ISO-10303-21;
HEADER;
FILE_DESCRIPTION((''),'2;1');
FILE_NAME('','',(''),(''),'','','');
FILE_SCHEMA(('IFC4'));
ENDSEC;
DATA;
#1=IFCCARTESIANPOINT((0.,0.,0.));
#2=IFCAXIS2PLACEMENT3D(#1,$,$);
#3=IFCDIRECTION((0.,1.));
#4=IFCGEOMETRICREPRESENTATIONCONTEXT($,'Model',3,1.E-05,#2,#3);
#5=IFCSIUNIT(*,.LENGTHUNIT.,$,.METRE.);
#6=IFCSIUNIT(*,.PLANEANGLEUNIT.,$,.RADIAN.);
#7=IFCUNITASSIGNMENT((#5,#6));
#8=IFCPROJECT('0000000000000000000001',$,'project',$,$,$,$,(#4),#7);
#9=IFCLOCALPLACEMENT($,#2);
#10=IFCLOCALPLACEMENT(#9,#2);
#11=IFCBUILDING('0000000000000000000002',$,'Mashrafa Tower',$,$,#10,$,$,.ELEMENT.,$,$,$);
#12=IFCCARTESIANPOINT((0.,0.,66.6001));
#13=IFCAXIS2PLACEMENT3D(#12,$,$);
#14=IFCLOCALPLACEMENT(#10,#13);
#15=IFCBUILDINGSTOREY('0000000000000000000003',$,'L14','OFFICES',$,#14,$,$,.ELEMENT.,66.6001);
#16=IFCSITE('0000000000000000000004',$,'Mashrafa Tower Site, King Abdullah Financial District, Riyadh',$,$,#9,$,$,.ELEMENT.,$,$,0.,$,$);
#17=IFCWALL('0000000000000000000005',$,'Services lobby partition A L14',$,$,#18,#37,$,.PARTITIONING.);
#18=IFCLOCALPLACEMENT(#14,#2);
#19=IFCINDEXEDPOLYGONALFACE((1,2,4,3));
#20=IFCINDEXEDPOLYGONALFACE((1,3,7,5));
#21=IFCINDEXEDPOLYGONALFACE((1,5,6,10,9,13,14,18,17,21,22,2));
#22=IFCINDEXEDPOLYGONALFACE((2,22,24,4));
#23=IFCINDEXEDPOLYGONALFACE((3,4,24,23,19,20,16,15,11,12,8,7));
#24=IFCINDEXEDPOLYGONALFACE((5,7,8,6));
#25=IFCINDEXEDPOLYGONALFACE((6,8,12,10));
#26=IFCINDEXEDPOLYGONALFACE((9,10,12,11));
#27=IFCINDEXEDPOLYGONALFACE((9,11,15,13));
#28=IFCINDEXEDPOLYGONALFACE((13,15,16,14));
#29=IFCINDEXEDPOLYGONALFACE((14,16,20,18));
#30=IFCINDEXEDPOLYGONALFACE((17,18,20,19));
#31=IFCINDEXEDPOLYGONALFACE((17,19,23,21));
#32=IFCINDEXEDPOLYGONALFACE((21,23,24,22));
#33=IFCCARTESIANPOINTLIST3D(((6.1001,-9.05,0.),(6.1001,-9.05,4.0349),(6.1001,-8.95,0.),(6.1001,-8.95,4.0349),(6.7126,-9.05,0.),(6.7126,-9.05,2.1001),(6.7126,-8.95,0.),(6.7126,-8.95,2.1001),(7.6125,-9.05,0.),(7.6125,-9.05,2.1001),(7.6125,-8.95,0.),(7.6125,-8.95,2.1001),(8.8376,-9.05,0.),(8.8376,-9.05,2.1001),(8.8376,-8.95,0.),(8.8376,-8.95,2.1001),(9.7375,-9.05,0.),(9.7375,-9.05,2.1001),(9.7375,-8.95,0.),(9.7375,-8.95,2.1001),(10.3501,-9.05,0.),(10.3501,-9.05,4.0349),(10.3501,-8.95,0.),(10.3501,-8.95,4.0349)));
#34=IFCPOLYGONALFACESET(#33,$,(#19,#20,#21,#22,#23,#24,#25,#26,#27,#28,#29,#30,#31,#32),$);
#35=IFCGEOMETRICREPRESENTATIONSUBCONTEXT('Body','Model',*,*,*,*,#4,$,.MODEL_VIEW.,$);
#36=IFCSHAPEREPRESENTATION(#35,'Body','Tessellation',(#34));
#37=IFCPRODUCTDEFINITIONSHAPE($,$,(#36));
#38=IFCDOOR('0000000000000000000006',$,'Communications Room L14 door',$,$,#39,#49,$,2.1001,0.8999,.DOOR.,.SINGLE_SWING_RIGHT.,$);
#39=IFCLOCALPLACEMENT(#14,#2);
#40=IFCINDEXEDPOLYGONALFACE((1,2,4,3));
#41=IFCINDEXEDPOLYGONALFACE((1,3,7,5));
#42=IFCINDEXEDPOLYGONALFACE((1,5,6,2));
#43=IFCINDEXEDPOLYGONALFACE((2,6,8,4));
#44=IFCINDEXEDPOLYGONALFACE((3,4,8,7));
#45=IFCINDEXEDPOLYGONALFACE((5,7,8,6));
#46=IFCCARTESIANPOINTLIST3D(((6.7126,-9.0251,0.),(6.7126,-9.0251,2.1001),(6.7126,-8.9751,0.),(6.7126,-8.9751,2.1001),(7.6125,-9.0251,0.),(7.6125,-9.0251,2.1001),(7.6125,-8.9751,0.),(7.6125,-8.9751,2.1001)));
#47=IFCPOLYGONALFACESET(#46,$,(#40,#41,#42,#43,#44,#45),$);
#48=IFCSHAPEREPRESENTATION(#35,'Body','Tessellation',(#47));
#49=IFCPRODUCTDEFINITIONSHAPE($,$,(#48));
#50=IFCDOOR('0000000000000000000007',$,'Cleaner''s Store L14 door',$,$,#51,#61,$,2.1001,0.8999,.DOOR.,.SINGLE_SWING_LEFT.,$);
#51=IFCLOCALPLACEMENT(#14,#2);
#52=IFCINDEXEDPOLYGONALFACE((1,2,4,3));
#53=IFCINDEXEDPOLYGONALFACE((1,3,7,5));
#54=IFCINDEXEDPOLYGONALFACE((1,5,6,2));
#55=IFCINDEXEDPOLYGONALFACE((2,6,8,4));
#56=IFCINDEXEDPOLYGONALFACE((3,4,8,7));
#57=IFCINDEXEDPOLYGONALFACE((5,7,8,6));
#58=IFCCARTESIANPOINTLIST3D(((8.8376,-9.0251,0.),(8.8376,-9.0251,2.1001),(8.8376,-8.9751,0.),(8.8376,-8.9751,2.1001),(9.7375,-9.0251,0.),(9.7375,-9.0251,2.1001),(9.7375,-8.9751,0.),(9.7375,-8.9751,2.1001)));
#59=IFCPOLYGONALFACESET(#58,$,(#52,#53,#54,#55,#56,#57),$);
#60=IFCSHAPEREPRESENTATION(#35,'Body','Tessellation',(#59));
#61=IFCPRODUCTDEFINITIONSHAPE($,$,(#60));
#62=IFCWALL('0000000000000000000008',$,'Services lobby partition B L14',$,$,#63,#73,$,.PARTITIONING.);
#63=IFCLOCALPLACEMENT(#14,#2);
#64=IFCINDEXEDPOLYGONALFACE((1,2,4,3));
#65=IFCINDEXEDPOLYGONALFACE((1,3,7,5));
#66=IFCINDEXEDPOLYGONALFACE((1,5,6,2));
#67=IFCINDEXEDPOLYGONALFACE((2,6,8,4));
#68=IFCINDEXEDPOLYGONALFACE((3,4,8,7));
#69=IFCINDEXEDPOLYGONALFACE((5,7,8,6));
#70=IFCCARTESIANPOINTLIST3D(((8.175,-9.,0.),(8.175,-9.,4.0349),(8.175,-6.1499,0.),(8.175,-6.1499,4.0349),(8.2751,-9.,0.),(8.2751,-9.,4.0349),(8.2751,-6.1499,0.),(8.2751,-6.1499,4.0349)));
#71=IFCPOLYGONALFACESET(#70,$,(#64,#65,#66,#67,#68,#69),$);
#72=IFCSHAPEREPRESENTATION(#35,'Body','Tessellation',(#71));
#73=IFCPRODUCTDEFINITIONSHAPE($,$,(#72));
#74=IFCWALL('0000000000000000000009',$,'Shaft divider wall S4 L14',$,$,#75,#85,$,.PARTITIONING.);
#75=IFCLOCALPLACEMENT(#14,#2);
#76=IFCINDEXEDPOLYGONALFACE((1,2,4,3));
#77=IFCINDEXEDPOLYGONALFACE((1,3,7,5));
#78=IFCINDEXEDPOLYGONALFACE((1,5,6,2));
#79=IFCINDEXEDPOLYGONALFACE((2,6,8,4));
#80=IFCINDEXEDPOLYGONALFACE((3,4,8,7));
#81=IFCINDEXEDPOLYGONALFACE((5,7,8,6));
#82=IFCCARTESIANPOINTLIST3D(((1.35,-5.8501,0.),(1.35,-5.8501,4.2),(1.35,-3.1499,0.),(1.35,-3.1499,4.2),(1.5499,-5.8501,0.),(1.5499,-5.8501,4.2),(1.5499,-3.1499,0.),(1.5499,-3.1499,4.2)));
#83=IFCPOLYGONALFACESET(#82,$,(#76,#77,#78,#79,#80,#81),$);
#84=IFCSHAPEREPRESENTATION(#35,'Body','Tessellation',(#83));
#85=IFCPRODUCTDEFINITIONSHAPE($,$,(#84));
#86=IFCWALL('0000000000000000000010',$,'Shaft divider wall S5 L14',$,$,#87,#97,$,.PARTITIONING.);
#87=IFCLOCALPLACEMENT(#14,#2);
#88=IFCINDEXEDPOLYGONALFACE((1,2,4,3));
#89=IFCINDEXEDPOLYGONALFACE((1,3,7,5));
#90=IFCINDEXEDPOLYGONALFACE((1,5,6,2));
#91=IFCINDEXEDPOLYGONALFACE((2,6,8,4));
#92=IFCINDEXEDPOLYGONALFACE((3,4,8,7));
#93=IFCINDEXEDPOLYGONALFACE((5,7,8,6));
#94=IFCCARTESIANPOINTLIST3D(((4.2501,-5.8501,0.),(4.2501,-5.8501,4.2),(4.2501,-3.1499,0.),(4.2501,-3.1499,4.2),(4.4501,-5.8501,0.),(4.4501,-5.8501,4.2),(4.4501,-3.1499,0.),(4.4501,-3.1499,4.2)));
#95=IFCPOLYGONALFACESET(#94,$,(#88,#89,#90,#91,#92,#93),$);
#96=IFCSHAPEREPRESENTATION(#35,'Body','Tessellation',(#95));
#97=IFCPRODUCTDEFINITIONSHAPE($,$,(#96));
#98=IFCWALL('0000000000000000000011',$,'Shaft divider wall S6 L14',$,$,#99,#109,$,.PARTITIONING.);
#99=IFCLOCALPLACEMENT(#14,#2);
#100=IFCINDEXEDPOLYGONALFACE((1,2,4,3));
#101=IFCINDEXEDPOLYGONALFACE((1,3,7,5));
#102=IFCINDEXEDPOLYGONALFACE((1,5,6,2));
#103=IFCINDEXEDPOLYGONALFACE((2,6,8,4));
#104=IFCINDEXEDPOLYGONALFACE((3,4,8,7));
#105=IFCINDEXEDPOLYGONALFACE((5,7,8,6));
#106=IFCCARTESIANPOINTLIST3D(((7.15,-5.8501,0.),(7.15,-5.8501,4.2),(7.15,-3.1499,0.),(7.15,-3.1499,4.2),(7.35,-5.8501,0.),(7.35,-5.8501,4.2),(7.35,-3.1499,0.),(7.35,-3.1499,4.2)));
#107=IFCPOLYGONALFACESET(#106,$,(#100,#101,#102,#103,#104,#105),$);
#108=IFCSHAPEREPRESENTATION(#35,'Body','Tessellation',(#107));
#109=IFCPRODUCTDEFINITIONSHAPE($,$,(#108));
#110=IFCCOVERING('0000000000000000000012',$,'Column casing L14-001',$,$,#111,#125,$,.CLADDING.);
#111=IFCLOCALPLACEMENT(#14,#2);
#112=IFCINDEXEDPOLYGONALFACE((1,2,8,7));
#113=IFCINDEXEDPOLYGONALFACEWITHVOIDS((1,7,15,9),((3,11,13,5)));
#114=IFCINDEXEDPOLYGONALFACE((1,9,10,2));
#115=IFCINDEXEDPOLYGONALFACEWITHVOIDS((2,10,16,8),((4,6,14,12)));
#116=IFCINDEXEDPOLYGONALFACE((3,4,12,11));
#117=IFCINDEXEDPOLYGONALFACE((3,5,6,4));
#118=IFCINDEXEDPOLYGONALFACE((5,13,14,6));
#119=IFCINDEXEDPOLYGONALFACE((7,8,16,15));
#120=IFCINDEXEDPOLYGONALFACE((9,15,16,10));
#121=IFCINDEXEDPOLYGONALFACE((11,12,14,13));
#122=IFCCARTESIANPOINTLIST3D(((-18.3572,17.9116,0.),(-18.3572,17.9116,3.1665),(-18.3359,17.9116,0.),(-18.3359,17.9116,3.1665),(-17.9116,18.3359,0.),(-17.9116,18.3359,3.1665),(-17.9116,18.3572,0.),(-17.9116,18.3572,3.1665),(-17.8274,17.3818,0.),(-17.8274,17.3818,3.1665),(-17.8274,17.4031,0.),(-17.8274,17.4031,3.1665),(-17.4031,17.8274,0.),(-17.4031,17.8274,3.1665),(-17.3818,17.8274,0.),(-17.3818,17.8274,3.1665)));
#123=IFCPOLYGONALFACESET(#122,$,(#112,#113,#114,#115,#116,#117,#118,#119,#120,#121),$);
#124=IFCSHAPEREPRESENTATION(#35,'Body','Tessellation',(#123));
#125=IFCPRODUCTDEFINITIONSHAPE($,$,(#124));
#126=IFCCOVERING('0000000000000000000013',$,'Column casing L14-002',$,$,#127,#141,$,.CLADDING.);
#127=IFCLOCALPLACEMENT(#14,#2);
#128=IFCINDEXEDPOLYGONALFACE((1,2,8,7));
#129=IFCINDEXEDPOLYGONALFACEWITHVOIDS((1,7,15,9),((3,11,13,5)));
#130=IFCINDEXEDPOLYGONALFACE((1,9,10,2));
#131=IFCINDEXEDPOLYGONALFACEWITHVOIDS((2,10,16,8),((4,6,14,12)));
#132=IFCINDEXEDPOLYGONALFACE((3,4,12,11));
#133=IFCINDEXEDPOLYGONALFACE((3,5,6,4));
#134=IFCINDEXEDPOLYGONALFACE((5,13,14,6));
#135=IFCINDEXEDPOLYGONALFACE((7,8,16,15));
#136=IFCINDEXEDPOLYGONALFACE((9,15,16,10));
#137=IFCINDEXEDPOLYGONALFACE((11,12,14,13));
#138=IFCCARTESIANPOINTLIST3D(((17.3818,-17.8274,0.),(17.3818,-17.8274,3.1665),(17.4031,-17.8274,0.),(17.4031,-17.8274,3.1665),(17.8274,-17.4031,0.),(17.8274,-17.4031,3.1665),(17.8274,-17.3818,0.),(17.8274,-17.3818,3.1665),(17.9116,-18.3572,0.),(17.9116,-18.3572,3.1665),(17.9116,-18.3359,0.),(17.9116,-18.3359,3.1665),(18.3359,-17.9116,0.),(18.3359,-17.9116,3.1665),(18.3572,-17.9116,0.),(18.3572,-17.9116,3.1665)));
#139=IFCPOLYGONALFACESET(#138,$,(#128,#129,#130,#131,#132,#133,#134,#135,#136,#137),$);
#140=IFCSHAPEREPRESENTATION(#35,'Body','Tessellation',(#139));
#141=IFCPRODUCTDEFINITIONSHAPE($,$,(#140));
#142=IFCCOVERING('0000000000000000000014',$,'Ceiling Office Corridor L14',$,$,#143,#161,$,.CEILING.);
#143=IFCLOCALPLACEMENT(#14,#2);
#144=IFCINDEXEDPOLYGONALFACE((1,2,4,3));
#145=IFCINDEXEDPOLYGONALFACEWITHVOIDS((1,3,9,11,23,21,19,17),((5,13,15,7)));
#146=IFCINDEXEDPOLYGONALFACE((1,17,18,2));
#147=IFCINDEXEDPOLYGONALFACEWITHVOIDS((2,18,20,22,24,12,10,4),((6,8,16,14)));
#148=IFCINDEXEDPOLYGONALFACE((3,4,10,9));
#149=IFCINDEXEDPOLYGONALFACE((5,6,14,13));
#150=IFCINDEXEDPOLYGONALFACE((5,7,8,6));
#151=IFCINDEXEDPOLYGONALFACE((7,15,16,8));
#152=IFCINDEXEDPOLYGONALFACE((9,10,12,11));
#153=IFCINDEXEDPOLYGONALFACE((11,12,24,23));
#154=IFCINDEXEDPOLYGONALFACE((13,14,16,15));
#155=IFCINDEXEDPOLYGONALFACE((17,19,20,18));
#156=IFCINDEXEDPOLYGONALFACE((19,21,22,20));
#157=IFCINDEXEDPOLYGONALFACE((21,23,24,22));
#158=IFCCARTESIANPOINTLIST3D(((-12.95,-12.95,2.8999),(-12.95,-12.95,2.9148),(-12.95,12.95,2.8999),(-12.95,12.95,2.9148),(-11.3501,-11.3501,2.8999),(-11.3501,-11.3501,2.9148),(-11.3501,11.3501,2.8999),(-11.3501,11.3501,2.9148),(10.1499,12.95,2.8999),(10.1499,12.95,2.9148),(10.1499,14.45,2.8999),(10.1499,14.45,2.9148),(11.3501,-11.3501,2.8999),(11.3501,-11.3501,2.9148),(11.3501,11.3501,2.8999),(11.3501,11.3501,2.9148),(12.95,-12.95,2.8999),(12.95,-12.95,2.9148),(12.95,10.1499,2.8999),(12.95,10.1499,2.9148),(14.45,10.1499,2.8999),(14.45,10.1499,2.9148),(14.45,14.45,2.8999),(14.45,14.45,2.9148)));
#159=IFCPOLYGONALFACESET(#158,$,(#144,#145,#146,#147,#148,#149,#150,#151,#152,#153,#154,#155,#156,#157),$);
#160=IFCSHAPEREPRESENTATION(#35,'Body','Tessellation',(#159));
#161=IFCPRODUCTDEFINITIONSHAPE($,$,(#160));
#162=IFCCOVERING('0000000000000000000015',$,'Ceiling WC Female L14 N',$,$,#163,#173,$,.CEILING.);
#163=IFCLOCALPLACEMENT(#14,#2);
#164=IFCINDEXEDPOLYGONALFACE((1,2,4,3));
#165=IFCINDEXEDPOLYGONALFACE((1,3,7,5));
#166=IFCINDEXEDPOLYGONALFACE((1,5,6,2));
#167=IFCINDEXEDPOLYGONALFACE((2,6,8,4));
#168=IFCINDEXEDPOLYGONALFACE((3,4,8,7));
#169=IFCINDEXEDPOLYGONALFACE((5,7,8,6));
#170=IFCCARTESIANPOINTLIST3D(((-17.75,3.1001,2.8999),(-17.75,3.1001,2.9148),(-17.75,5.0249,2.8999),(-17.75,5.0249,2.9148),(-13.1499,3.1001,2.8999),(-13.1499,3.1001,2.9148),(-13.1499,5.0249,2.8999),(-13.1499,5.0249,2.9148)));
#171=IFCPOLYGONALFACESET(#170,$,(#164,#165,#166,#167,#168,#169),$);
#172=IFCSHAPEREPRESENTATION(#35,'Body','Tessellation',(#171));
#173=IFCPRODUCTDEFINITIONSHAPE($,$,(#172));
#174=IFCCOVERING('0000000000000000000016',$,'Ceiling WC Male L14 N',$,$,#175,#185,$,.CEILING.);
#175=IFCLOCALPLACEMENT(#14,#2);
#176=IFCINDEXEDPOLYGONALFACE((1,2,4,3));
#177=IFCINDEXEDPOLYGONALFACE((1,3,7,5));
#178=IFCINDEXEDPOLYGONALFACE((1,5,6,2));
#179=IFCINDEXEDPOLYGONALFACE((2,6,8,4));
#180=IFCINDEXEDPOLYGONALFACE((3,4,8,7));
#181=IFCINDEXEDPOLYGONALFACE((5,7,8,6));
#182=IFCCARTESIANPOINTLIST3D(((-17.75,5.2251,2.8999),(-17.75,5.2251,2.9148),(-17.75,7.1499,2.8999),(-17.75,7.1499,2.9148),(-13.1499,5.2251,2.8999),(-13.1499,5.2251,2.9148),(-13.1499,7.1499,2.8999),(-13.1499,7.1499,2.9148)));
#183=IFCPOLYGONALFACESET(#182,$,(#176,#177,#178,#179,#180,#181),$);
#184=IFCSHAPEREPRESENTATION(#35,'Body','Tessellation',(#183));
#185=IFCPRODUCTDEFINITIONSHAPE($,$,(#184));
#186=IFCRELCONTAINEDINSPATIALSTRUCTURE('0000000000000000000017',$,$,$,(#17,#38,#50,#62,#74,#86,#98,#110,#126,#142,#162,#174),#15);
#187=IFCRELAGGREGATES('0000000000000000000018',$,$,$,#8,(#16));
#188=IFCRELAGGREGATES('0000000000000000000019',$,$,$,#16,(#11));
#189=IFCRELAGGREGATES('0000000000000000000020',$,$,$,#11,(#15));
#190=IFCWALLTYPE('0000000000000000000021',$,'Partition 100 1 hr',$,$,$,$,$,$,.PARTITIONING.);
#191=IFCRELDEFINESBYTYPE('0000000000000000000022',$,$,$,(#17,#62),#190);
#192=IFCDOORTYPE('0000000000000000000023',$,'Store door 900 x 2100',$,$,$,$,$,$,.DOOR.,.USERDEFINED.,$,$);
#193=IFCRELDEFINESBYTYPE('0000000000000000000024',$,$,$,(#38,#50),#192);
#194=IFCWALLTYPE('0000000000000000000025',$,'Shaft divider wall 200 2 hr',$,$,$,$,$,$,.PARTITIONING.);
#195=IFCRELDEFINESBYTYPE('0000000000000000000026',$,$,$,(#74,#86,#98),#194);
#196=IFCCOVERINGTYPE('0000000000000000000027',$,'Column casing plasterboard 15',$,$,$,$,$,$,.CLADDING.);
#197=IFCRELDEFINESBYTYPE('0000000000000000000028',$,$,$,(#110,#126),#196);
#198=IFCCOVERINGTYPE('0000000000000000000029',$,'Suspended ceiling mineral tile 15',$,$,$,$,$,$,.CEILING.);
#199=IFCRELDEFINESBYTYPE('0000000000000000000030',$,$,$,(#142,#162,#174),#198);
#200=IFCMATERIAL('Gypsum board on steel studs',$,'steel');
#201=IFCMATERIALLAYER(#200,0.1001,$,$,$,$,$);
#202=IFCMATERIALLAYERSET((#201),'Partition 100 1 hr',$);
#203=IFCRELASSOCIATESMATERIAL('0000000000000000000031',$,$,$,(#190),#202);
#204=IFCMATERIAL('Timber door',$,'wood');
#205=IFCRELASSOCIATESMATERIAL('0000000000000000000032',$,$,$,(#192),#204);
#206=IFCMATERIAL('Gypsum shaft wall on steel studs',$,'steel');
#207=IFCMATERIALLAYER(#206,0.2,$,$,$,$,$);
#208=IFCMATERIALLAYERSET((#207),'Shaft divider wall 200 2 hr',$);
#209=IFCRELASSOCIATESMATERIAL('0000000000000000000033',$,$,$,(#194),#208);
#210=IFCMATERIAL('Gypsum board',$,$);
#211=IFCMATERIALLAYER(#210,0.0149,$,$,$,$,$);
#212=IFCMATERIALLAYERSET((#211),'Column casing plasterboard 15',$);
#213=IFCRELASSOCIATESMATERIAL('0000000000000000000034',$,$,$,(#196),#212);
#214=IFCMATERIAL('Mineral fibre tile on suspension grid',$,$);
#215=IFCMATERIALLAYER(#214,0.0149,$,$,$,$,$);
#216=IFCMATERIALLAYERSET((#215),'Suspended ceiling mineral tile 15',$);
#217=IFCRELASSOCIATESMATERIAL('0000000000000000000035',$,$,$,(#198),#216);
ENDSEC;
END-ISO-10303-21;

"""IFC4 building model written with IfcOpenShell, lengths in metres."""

from ifc_helpers import new_model, si_unit, direction, frame, frame_2d, origin, place, context, subcontext, project, spatial, polyline, rectangle, outline, extrude, material, layer, layer_set, type_object, element, fill, save


model = new_model("IFC4")

# Units and contexts
model_context = context("Model", 3, precision=1e-05, world=origin(), true_north=direction((0.0, 1.0)))
body_context = subcontext(model_context, "Body", "Model", "MODEL_VIEW")
ifc_project = project(units=[si_unit("LENGTHUNIT", "METRE"), si_unit("PLANEANGLEUNIT", "RADIAN")], contexts=[model_context])

# Site, building, storey
site_placement = place(None, origin())
site = spatial("IfcSite", under=ifc_project, at=site_placement, Name="Mashrafa Tower Site, King Abdullah Financial District, Riyadh", CompositionType="ELEMENT", RefElevation=0.0)
building_placement = place(site_placement, origin())
building = spatial("IfcBuilding", under=site, at=building_placement, Name="Mashrafa Tower", CompositionType="ELEMENT")
storey_placement = place(building_placement, frame((0.0, 0.0, 66.6001)))
storey = spatial("IfcBuildingStorey", under=building, at=storey_placement, Name="L14", Description="OFFICES", CompositionType="ELEMENT", Elevation=66.6001)

# Wall, openings, doors
ifc_material_1 = material(Name="Gypsum board on steel studs", Category="steel")
ifc_layer_1 = layer(ifc_material_1, 0.1001)
ifc_layer_set_1 = layer_set([ifc_layer_1], Name="Partition 100 1 hr")
wall_type_1 = type_object("IfcWallType", Name="Partition 100 1 hr", PredefinedType="PARTITIONING", material=ifc_layer_set_1)
wall_1_placement = place(storey_placement, frame((6.1001, -9.0, 0.0), z_axis=(0.0, 0.0, 1.0), x_axis=(1.0, 0.0, 0.0)))
wall_1 = element("IfcWall", 1, at=wall_1_placement, inside=storey, type_object=wall_type_1, Name="Services lobby partition A L14", PredefinedType="PARTITIONING", context=body_context, shape_type="SweptSolid", body=[
    extrude(rectangle(XDim=4.25, YDim=0.1001, at=frame_2d((2.125, 0.0))), origin(), (0.0, 0.0, 1.0), 4.0349),
])
opening_1_placement = place(wall_1_placement, frame((0.6125, 0.0, 0.0)))
opening_1 = element("IfcOpeningElement", 2, at=opening_1_placement, cuts=wall_1, PredefinedType="OPENING", context=body_context, shape_type="SweptSolid", body=[
    extrude(rectangle(XDim=0.8999, YDim=2.1001, at=frame_2d((0.45, 1.05))), frame((0.0, 0.0601, 0.0), z_axis=(0.0, -1.0, 0.0), x_axis=(1.0, 0.0, 0.0)), (0.0, 0.0, 1.0), 0.1201),
])
opening_2_placement = place(wall_1_placement, frame((2.7375, 0.0, 0.0)))
opening_2 = element("IfcOpeningElement", 3, at=opening_2_placement, cuts=wall_1, PredefinedType="OPENING", context=body_context, shape_type="SweptSolid", body=[
    extrude(rectangle(XDim=0.8999, YDim=2.1001, at=frame_2d((0.45, 1.05))), frame((0.0, 0.0601, 0.0), z_axis=(0.0, -1.0, 0.0), x_axis=(1.0, 0.0, 0.0)), (0.0, 0.0, 1.0), 0.1201),
])
ifc_material_2 = material(Name="Timber door", Category="wood")
door_type_1 = type_object("IfcDoorType", Name="Store door 900 x 2100", OperationType="USERDEFINED", PredefinedType="DOOR", material=ifc_material_2)
door_1_placement = place(opening_1_placement, origin())
door_1 = element("IfcDoor", 4, at=door_1_placement, inside=storey, type_object=door_type_1, Name="Communications Room L14 door", OperationType="SINGLE_SWING_RIGHT", OverallHeight=2.1001, OverallWidth=0.8999, PredefinedType="DOOR", context=body_context, shape_type="SweptSolid", body=[
    extrude(rectangle(XDim=0.8999, YDim=2.1001, at=frame_2d((0.45, 1.05))), frame((0.0, 0.0249, 0.0), z_axis=(0.0, -1.0, 0.0), x_axis=(1.0, 0.0, 0.0)), (0.0, 0.0, 1.0), 0.05),
])
fill(opening_1, door_1)
door_2_placement = place(opening_2_placement, origin())
door_2 = element("IfcDoor", 5, at=door_2_placement, inside=storey, type_object=door_type_1, Name="Cleaner's Store L14 door", OperationType="SINGLE_SWING_LEFT", OverallHeight=2.1001, OverallWidth=0.8999, PredefinedType="DOOR", context=body_context, shape_type="SweptSolid", body=[
    extrude(rectangle(XDim=0.8999, YDim=2.1001, at=frame_2d((0.45, 1.05))), frame((0.0, 0.0249, 0.0), z_axis=(0.0, -1.0, 0.0), x_axis=(1.0, 0.0, 0.0)), (0.0, 0.0, 1.0), 0.05),
])
fill(opening_2, door_2)

# Walls
wall_2_placement = place(storey_placement, frame((8.2251, -9.0, 0.0), z_axis=(0.0, 0.0, 1.0), x_axis=(0.0, 1.0, 0.0)))
element("IfcWall", 6, at=wall_2_placement, inside=storey, type_object=wall_type_1, Name="Services lobby partition B L14", PredefinedType="PARTITIONING", context=body_context, shape_type="SweptSolid", body=[
    extrude(rectangle(XDim=2.8501, YDim=0.1001, at=frame_2d((1.425, 0.0))), origin(), (0.0, 0.0, 1.0), 4.0349),
])
ifc_material_3 = material(Name="Gypsum shaft wall on steel studs", Category="steel")
ifc_layer_2 = layer(ifc_material_3, 0.2)
ifc_layer_set_2 = layer_set([ifc_layer_2], Name="Shaft divider wall 200 2 hr")
wall_type_2 = type_object("IfcWallType", Name="Shaft divider wall 200 2 hr", PredefinedType="PARTITIONING", material=ifc_layer_set_2)
for number, where, z_axis, x_axis, name in (
    (7, (1.45, -5.8501, 0.0), (0.0, 0.0, 1.0), (0.0, 1.0, 0.0), "Shaft divider wall S4 L14"),
    (8, (4.3501, -5.8501, 0.0), (0.0, 0.0, 1.0), (0.0, 1.0, 0.0), "Shaft divider wall S5 L14"),
    (9, (7.25, -5.8501, 0.0), (0.0, 0.0, 1.0), (0.0, 1.0, 0.0), "Shaft divider wall S6 L14"),
):
    element("IfcWall", number, at=place(storey_placement, frame(where, z_axis=z_axis, x_axis=x_axis)), inside=storey, type_object=wall_type_2, Name=name, PredefinedType="PARTITIONING", context=body_context, shape_type="SweptSolid", body=[
        extrude(rectangle(XDim=2.7002, YDim=0.2, at=frame_2d((1.3501, 0.0))), origin(), (0.0, 0.0, 1.0), 4.2),
    ])

# Coverings
ifc_material_4 = material(Name="Gypsum board")
ifc_layer_3 = layer(ifc_material_4, 0.0149)
ifc_layer_set_3 = layer_set([ifc_layer_3], Name="Column casing plasterboard 15")
covering_type_1 = type_object("IfcCoveringType", Name="Column casing plasterboard 15", PredefinedType="CLADDING", material=ifc_layer_set_3)
covering_1_placement = place(storey_placement, origin())
element("IfcCovering", 10, at=covering_1_placement, inside=storey, type_object=covering_type_1, Name="Column casing L14-001", PredefinedType="CLADDING", context=body_context, shape_type="SweptSolid", body=[
    extrude(outline(polyline([(-18.3572, 17.9116), (-17.9116, 18.3572), (-17.3818, 17.8274), (-17.8274, 17.3818), (-18.3572, 17.9116)]), holes=[polyline([(-17.4031, 17.8274), (-17.9116, 18.3359), (-18.3359, 17.9116), (-17.8274, 17.4031), (-17.4031, 17.8274)])]), origin(), (0.0, 0.0, 1.0), 3.1665),
])
covering_2_placement = place(storey_placement, origin())
element("IfcCovering", 11, at=covering_2_placement, inside=storey, type_object=covering_type_1, Name="Column casing L14-002", PredefinedType="CLADDING", context=body_context, shape_type="SweptSolid", body=[
    extrude(outline(polyline([(17.3818, -17.8274), (17.8274, -17.3818), (18.3572, -17.9116), (17.9116, -18.3572), (17.3818, -17.8274)]), holes=[polyline([(18.3359, -17.9116), (17.8274, -17.4031), (17.4031, -17.8274), (17.9116, -18.3359), (18.3359, -17.9116)])]), origin(), (0.0, 0.0, 1.0), 3.1665),
])
ifc_material_5 = material(Name="Mineral fibre tile on suspension grid")
ifc_layer_4 = layer(ifc_material_5, 0.0149)
ifc_layer_set_4 = layer_set([ifc_layer_4], Name="Suspended ceiling mineral tile 15")
covering_type_2 = type_object("IfcCoveringType", Name="Suspended ceiling mineral tile 15", PredefinedType="CEILING", material=ifc_layer_set_4)
covering_3_placement = place(storey_placement, frame((0.0, 0.0, 2.8999)))
element("IfcCovering", 12, at=covering_3_placement, inside=storey, type_object=covering_type_2, Name="Ceiling Office Corridor L14", PredefinedType="CEILING", context=body_context, shape_type="SweptSolid", body=[
    extrude(outline(polyline([(-12.95, -12.95), (-12.95, 12.95), (10.1499, 12.95), (10.1499, 14.45), (14.45, 14.45), (14.45, 10.1499), (12.95, 10.1499), (12.95, -12.95), (-12.95, -12.95)]), holes=[polyline([(11.3501, 11.3501), (-11.3501, 11.3501), (-11.3501, -11.3501), (11.3501, -11.3501), (11.3501, 11.3501)])]), origin(), (0.0, 0.0, 1.0), 0.0149),
])
covering_4_placement = place(storey_placement, frame((0.0, 0.0, 2.8999)))
element("IfcCovering", 13, at=covering_4_placement, inside=storey, type_object=covering_type_2, Name="Ceiling WC Female L14 N", PredefinedType="CEILING", context=body_context, shape_type="SweptSolid", body=[
    extrude(outline(polyline([(-17.75, 3.1001), (-17.75, 5.0249), (-13.1499, 5.0249), (-13.1499, 3.1001), (-17.75, 3.1001)])), origin(), (0.0, 0.0, 1.0), 0.0149),
])
covering_5_placement = place(storey_placement, frame((0.0, 0.0, 2.8999)))
element("IfcCovering", 14, at=covering_5_placement, inside=storey, type_object=covering_type_2, Name="Ceiling WC Male L14 N", PredefinedType="CEILING", context=body_context, shape_type="SweptSolid", body=[
    extrude(outline(polyline([(-17.75, 5.2251), (-17.75, 7.1499), (-13.1499, 7.1499), (-13.1499, 5.2251), (-17.75, 5.2251)])), origin(), (0.0, 0.0, 1.0), 0.0149),
])

save(model, "model.ifc")
